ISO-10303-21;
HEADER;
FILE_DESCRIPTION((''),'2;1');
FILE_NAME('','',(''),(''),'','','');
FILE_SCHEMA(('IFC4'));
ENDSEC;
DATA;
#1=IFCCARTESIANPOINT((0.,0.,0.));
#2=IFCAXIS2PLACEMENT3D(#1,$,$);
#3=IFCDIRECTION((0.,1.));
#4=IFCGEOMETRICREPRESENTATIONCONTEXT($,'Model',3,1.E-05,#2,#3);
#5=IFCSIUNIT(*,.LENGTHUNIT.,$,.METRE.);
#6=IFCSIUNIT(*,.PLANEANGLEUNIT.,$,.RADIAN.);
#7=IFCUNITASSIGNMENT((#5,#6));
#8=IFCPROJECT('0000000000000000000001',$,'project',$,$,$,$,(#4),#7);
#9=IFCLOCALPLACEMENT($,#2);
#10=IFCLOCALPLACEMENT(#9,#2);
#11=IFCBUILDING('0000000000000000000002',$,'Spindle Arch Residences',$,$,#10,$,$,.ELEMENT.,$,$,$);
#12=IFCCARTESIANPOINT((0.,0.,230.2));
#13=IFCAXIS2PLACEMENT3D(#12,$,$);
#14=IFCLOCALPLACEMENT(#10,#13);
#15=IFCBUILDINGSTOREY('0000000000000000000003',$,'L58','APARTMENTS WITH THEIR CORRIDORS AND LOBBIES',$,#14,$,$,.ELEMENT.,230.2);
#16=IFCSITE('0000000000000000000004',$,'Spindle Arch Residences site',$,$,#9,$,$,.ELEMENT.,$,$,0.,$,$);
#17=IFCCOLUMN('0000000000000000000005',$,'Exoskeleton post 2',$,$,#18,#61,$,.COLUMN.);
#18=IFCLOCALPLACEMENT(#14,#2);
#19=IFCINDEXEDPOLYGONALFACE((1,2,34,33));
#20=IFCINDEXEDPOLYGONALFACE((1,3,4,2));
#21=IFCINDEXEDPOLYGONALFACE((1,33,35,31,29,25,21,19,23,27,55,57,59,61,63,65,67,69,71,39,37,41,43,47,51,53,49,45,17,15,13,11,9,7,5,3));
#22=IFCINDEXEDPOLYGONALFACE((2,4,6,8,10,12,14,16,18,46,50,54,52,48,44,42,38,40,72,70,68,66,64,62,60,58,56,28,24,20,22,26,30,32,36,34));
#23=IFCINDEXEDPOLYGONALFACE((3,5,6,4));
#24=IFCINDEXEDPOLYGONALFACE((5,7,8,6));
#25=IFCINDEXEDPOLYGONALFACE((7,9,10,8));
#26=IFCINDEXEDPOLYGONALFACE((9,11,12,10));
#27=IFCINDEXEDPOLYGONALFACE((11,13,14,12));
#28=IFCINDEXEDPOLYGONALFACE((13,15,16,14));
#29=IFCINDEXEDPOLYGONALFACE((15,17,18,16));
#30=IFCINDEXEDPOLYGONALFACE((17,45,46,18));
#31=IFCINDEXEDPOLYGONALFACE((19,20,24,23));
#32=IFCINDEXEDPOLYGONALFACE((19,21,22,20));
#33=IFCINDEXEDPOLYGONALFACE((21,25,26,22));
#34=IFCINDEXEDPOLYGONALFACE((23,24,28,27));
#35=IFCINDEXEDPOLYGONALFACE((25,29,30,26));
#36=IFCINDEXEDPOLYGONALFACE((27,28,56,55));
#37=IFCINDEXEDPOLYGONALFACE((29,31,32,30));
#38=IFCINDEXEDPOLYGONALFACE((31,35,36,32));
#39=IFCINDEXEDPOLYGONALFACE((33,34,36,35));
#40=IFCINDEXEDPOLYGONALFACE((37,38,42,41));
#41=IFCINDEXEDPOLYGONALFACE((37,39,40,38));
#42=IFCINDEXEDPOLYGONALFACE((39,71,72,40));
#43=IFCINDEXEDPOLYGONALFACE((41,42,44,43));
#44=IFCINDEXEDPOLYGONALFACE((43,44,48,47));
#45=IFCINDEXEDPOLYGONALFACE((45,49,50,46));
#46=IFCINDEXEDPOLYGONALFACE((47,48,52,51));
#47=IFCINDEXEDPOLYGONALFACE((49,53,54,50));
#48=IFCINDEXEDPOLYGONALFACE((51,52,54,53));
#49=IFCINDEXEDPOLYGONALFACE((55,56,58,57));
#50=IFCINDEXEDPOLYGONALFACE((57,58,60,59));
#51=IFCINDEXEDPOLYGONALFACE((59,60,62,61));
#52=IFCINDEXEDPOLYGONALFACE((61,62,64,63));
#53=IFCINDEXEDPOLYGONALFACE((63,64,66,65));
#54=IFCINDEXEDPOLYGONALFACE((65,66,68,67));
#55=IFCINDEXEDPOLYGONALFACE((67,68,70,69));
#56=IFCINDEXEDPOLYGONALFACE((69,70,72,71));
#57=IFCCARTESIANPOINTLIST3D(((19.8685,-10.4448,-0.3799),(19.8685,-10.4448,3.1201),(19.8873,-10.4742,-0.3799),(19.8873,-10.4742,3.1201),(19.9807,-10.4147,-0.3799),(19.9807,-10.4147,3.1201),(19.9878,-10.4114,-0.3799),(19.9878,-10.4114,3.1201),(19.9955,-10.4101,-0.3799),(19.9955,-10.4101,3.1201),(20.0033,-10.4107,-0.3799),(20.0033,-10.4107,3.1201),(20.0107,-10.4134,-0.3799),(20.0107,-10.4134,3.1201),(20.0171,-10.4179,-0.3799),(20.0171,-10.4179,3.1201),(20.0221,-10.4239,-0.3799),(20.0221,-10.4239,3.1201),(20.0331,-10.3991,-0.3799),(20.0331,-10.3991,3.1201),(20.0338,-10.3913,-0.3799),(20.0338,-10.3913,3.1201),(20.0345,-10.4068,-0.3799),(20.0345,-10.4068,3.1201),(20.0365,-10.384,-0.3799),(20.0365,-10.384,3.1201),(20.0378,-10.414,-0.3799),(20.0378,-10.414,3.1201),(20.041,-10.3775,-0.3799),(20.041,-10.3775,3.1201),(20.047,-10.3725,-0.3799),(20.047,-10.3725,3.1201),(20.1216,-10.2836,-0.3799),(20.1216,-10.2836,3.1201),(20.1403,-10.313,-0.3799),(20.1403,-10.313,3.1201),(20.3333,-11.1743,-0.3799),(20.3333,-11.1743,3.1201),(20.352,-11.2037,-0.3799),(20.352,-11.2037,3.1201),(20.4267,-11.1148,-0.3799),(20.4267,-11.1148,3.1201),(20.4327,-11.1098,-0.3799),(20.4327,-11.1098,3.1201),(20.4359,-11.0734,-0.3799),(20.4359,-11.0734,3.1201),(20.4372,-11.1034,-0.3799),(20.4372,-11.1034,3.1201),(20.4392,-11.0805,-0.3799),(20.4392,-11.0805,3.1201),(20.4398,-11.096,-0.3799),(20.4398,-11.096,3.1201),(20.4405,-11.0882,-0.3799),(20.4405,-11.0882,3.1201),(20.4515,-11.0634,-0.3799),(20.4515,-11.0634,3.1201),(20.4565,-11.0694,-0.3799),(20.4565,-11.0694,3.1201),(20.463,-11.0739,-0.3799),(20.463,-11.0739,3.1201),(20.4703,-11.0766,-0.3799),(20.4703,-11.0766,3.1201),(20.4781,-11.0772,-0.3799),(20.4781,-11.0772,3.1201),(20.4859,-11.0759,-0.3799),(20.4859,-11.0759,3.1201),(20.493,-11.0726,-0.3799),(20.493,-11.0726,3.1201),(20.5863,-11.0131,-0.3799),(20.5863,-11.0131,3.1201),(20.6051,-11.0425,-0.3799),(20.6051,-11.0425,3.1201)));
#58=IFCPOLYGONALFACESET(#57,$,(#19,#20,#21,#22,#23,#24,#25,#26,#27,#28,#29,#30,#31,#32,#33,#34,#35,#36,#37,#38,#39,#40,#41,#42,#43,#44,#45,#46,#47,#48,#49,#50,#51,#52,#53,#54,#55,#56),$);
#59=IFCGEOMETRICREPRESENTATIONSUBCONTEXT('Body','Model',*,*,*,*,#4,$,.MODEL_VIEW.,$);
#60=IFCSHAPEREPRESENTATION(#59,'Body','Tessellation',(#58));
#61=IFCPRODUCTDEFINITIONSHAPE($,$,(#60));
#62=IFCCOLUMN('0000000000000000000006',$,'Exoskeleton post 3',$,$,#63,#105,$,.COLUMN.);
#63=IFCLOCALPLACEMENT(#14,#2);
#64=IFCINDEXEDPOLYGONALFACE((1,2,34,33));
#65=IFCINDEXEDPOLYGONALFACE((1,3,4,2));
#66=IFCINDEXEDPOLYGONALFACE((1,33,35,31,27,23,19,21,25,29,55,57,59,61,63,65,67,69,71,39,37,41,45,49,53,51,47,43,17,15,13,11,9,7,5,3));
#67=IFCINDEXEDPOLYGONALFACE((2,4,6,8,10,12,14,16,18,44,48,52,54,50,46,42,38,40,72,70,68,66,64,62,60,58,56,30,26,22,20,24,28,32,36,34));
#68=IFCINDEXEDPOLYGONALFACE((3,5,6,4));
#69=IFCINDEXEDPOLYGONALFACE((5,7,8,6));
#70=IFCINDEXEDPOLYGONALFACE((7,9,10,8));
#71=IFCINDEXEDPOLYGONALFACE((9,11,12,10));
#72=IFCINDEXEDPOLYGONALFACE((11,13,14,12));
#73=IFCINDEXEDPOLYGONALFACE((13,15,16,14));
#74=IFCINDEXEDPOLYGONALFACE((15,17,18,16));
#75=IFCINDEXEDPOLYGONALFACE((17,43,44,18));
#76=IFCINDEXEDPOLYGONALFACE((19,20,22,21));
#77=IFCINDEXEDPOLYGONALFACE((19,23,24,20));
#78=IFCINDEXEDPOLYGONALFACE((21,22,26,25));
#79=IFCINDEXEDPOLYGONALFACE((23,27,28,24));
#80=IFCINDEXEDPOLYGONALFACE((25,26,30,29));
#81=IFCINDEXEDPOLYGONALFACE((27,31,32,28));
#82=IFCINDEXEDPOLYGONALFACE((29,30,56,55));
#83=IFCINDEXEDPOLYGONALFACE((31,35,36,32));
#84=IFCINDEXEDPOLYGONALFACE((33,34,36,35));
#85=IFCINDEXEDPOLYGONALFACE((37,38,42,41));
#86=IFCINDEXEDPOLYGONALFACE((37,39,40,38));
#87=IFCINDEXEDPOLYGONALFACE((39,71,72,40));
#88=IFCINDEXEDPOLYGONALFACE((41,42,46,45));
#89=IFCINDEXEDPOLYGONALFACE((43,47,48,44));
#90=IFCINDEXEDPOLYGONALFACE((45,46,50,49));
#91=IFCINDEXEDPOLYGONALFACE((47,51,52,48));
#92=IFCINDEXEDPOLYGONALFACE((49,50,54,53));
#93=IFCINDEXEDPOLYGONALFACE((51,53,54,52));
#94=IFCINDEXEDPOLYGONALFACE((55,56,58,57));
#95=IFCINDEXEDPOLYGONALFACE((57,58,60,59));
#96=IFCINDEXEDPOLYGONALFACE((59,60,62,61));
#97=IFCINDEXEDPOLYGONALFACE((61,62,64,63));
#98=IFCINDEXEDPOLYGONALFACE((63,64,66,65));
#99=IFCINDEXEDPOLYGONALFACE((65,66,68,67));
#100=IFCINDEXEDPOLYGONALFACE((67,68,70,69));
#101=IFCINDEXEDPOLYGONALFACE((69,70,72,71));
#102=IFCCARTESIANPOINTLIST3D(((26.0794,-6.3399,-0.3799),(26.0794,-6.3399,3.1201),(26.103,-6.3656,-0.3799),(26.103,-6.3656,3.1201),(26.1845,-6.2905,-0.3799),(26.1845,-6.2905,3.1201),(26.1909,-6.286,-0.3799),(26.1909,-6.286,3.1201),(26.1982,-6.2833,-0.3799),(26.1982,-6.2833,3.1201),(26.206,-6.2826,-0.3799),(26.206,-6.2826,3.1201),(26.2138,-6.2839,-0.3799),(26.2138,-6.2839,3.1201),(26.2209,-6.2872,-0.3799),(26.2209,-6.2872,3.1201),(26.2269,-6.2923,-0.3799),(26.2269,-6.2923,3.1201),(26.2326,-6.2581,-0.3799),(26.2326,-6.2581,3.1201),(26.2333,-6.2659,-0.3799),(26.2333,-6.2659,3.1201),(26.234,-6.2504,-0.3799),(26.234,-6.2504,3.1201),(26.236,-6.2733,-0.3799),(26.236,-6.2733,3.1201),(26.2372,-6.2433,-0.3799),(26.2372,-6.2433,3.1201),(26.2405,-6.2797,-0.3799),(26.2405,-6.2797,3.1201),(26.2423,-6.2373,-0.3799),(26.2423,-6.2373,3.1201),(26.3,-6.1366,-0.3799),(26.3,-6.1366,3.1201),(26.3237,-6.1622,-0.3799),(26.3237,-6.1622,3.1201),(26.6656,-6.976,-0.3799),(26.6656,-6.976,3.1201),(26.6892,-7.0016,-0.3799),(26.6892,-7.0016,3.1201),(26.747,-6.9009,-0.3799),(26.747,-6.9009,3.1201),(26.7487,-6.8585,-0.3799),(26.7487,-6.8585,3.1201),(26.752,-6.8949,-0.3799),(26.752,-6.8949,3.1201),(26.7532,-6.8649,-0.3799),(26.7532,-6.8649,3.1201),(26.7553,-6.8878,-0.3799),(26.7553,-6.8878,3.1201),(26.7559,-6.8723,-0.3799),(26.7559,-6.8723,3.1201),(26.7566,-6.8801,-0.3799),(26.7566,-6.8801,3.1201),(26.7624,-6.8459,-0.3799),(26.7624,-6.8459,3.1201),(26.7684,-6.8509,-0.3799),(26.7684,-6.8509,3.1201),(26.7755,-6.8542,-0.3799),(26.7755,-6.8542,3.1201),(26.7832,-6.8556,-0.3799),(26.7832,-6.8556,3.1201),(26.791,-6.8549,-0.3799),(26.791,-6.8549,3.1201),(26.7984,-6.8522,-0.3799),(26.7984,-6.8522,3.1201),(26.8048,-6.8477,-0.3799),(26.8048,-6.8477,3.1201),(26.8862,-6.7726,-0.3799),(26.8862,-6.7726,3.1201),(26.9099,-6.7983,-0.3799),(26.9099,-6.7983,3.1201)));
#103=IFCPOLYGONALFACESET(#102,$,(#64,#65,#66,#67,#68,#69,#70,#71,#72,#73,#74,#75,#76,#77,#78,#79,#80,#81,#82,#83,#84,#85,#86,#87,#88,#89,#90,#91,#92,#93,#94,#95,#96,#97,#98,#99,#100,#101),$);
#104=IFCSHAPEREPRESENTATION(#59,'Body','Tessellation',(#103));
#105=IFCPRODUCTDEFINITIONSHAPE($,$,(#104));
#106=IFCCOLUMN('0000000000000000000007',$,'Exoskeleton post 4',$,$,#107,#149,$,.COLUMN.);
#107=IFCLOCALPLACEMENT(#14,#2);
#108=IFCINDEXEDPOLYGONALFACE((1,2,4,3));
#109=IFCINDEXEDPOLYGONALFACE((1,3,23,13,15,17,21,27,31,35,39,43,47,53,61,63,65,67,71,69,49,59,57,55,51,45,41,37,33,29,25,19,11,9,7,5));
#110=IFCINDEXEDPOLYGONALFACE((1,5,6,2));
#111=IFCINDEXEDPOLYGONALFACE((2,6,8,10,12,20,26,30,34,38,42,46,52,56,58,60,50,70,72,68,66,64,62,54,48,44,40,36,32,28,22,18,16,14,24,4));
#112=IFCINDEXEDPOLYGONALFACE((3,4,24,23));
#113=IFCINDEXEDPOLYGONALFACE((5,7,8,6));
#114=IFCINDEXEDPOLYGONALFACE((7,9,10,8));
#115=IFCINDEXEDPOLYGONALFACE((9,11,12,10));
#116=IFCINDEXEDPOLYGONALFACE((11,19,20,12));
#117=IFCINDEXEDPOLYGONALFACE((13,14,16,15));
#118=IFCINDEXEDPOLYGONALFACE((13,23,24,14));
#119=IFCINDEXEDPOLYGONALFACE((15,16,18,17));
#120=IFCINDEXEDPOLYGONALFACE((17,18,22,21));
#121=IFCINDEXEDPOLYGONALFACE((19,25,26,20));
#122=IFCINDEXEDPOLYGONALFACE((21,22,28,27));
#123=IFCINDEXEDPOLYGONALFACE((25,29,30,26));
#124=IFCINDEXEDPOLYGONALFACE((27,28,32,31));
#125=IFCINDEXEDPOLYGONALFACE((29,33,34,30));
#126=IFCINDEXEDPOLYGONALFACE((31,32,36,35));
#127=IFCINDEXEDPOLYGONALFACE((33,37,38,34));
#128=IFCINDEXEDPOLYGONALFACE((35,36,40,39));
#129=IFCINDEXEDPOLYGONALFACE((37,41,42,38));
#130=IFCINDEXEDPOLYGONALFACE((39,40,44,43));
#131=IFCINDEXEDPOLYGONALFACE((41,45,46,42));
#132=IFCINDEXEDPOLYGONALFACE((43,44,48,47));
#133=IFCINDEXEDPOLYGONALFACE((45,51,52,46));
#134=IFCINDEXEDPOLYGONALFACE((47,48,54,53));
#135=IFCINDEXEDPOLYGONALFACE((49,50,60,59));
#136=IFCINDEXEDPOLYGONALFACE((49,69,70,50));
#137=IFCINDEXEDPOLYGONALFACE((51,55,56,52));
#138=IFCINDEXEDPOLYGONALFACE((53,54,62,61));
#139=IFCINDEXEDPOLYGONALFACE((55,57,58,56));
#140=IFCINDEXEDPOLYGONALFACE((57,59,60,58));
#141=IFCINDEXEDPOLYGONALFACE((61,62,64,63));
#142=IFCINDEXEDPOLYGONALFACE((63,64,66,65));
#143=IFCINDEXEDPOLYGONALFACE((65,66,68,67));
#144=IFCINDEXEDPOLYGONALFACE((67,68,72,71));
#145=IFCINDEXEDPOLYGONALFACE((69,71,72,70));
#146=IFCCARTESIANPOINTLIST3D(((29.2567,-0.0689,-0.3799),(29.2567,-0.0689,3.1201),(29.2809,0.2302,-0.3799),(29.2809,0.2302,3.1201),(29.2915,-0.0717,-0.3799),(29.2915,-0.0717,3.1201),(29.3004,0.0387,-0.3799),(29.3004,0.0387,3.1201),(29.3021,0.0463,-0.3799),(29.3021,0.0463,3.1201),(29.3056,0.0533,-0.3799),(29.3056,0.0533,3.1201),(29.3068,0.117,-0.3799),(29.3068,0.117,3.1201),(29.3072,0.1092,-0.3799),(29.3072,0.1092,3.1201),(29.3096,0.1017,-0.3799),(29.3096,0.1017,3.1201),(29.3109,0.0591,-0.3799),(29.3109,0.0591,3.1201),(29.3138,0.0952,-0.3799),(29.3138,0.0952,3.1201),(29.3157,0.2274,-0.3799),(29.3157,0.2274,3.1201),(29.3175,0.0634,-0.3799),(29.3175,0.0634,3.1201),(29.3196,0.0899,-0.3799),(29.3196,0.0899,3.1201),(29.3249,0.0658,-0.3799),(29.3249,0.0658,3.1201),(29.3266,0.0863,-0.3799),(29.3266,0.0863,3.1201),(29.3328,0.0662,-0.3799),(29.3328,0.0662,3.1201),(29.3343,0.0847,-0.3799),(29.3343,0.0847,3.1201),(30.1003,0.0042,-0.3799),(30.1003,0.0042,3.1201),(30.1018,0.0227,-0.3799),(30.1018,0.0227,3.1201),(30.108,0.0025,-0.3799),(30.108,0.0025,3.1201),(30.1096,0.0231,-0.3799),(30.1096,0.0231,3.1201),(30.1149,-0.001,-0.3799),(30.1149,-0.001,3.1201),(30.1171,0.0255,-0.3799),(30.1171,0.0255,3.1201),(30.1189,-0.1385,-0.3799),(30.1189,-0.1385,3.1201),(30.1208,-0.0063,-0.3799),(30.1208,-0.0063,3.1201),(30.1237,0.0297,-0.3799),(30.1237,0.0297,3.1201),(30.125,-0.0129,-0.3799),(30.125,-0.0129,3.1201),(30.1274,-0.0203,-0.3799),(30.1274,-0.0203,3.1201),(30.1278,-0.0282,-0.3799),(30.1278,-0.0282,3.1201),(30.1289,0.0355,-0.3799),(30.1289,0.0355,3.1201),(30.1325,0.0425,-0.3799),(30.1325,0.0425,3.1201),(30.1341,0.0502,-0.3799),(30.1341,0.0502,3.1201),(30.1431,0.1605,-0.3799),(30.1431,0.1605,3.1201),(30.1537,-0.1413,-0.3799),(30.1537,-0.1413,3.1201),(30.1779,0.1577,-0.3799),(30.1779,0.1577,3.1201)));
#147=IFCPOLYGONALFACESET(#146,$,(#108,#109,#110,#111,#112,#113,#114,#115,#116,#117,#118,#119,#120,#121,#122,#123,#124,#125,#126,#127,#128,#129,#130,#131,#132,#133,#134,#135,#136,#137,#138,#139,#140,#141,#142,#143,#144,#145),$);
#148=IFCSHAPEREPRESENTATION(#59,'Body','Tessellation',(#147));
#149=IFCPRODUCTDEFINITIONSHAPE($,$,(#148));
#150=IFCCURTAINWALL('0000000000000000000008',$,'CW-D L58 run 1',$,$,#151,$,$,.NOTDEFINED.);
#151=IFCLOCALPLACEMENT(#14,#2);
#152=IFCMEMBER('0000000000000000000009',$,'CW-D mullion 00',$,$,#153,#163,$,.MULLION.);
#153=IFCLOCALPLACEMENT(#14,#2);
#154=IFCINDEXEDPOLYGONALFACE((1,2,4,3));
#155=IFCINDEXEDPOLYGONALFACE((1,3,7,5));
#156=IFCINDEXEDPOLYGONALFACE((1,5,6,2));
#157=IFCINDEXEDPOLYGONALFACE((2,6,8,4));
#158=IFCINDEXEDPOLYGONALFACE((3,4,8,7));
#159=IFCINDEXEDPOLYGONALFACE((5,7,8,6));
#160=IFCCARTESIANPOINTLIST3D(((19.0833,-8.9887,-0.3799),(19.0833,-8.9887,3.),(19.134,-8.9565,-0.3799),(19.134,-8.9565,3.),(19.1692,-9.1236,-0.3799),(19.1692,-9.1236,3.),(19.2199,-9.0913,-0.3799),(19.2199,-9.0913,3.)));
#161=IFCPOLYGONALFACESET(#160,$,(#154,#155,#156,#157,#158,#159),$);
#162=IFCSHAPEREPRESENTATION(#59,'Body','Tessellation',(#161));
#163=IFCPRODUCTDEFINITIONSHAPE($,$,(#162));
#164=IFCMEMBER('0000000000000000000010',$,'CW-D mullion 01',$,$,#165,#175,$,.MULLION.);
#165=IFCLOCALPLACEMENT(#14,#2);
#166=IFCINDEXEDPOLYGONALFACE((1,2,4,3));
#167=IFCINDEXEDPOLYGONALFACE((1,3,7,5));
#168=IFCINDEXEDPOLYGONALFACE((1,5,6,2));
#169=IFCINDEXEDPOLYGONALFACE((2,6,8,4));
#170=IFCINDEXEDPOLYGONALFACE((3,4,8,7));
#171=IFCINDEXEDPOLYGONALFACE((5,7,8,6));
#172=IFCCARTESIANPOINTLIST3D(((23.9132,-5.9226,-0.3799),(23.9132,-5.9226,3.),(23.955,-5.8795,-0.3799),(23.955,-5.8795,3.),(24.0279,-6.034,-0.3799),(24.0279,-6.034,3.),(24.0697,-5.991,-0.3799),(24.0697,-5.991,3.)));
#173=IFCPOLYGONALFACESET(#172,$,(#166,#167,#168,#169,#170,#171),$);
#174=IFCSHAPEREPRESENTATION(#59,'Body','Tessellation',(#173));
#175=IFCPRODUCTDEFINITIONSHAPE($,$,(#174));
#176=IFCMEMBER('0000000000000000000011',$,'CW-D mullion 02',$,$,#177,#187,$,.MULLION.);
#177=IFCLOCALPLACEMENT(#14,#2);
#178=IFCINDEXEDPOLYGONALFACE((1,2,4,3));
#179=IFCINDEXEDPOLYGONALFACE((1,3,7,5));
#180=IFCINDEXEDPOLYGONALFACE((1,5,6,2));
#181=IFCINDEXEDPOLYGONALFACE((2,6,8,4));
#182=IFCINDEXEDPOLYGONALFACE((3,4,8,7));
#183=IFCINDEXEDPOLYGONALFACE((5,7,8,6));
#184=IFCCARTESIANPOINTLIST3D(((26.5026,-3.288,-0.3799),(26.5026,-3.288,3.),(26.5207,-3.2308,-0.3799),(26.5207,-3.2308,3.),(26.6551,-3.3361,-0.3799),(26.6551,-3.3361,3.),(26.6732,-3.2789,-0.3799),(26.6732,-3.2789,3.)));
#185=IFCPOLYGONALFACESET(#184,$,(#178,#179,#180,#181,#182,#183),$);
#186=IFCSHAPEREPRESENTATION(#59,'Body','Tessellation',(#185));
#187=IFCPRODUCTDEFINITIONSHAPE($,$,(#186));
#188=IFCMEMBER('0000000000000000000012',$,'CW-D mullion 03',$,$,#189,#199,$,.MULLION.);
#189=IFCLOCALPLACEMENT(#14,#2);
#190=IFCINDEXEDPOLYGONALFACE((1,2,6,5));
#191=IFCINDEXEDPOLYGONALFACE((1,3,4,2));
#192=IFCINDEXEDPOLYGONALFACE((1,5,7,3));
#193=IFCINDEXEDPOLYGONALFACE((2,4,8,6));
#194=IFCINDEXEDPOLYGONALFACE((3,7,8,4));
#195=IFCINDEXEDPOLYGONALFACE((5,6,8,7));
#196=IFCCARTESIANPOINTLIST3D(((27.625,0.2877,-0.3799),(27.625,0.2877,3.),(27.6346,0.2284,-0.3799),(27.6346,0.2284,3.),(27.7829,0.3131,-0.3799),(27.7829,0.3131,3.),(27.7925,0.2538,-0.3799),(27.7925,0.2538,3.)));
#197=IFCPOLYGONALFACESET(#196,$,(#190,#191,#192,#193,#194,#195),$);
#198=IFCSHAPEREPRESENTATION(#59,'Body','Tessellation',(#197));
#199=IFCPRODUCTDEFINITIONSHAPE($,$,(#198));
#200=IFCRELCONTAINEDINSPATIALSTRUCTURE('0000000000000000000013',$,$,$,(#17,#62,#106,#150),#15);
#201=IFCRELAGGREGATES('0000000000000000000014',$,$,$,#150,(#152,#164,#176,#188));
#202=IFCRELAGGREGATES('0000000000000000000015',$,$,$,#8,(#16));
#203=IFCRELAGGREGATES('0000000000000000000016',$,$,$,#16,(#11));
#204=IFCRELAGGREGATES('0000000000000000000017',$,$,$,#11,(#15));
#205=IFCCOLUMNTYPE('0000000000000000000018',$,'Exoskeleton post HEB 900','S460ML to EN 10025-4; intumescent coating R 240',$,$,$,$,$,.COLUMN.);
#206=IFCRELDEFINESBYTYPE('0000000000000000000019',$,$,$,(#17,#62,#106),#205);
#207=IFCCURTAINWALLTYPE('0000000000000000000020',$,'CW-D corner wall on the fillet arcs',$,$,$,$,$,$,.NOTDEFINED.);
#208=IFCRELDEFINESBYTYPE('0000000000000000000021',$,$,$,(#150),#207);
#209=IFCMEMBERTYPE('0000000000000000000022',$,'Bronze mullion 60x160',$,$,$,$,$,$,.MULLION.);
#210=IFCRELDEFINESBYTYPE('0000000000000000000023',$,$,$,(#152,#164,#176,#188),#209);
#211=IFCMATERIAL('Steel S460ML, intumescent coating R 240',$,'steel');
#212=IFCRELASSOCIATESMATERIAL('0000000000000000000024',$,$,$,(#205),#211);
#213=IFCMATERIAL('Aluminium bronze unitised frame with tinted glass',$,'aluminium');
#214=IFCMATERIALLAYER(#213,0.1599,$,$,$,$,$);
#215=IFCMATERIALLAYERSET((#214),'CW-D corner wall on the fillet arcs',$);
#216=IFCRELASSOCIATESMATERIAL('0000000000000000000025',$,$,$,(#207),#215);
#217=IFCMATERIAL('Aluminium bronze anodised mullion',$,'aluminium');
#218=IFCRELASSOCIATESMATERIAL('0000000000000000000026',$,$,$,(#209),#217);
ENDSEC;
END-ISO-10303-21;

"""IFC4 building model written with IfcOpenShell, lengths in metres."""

from ifc_helpers import new_model, si_unit, direction, frame, origin, origin_2d, place, context, subcontext, project, spatial, rectangle, i_section, extrude, material, layer, layer_set, material_profile, profile_set, type_object, element, aggregate, save


model = new_model("IFC4")

# Units and contexts
model_context = context("Model", 3, precision=1e-05, world=origin(), true_north=direction((0.0, 1.0)))
body_context = subcontext(model_context, "Body", "Model", "MODEL_VIEW")
ifc_project = project(units=[si_unit("LENGTHUNIT", "METRE"), si_unit("PLANEANGLEUNIT", "RADIAN")], contexts=[model_context])

# Site, building, storey
site_placement = place(None, origin())
site = spatial("IfcSite", under=ifc_project, at=site_placement, Name="Spindle Arch Residences site", CompositionType="ELEMENT", RefElevation=0.0)
building_placement = place(site_placement, origin())
building = spatial("IfcBuilding", under=site, at=building_placement, Name="Spindle Arch Residences", CompositionType="ELEMENT")
storey_placement = place(building_placement, frame((0.0, 0.0, 230.2)))
storey = spatial("IfcBuildingStorey", under=building, at=storey_placement, Name="L58", Description="APARTMENTS WITH THEIR CORRIDORS AND LOBBIES", CompositionType="ELEMENT", Elevation=230.2)

# Columns
ifc_material_1 = material(Name="Steel S460ML, intumescent coating R 240", Category="steel")
ifc_material_profile_1 = material_profile(ifc_material_1, i_section(OverallWidth=0.3, OverallDepth=0.8999, WebThickness=0.0186, FlangeThickness=0.0349, FilletRadius=0.03, at=origin_2d()), Name="HEB 900")
ifc_profile_set_1 = profile_set([ifc_material_profile_1], Name="Steel S460ML, intumescent coating R 240")
column_type = type_object("IfcColumnType", Name="Exoskeleton post HEB 900", Description="S460ML to EN 10025-4; intumescent coating R 240", PredefinedType="COLUMN", material=ifc_profile_set_1)
for number, where, z_axis, x_axis, name in (
    (1, (20.2368, -10.7437, -0.3799), (0.0, 0.0, 1.0), (-0.843391, -0.5373, 0.0), "Exoskeleton post 2"),
    (2, (26.4946, -6.5691, -0.3799), (0.0, 0.0, 1.0), (-0.735347, -0.677691, 0.0), "Exoskeleton post 3"),
    (3, (29.7173, 0.0444, -0.3799), (0.0, 0.0, 1.0), (-0.080538, -0.996752, 0.0), "Exoskeleton post 4"),
):
    element("IfcColumn", number, at=place(storey_placement, frame(where, z_axis=z_axis, x_axis=x_axis)), inside=storey, type_object=column_type, Name=name, PredefinedType="COLUMN", context=body_context, shape_type="SweptSolid", body=[
        extrude(i_section(OverallWidth=0.3, OverallDepth=0.8999, WebThickness=0.0186, FlangeThickness=0.0349, FilletRadius=0.03, at=origin_2d()), origin(), (0.0, 0.0, 1.0), 3.5),
    ])

# Curtain wall, members
ifc_material_2 = material(Name="Aluminium bronze unitised frame with tinted glass", Category="aluminium")
ifc_layer_1 = layer(ifc_material_2, 0.1599)
ifc_layer_set_1 = layer_set([ifc_layer_1], Name="CW-D corner wall on the fillet arcs")
curtain_wall_type = type_object("IfcCurtainWallType", Name="CW-D corner wall on the fillet arcs", PredefinedType="NOTDEFINED", material=ifc_layer_set_1)
curtain_wall_placement = place(storey_placement, origin())
curtain_wall = element("IfcCurtainWall", 4, at=curtain_wall_placement, inside=storey, type_object=curtain_wall_type, Name="CW-D L58 run 1", PredefinedType="NOTDEFINED")
ifc_material_3 = material(Name="Aluminium bronze anodised mullion", Category="aluminium")
ifc_material_profile_2 = material_profile(ifc_material_3, rectangle(XDim=0.1599, YDim=0.0601, at=origin_2d()), Name="MU 60x160")
ifc_profile_set_2 = profile_set([ifc_material_profile_2], Name="Aluminium bronze anodised mullion")
member_type_1 = type_object("IfcMemberType", Name="Bronze mullion 60x160", PredefinedType="MULLION", material=ifc_profile_set_2)
member_1_placement = place(storey_placement, frame((19.1516, -9.04, -0.3799), z_axis=(0.0, 0.0, 1.0), x_axis=(-0.5373, 0.843391, 0.0)))
member_1 = element("IfcMember", 5, at=member_1_placement, type_object=member_type_1, Name="CW-D mullion 00", PredefinedType="MULLION", context=body_context, shape_type="SweptSolid", body=[
    extrude(rectangle(XDim=0.1599, YDim=0.0601, at=origin_2d()), origin(), (0.0, 0.0, 1.0), 3.3799),
])
member_2_placement = place(storey_placement, frame((23.9915, -5.9568, -0.3799), z_axis=(0.0, 0.0, 1.0), x_axis=(-0.717316, 0.696748, 0.0)))
member_2 = element("IfcMember", 6, at=member_2_placement, type_object=member_type_1, Name="CW-D mullion 01", PredefinedType="MULLION", context=body_context, shape_type="SweptSolid", body=[
    extrude(rectangle(XDim=0.1599, YDim=0.0601, at=origin_2d()), origin(), (0.0, 0.0, 1.0), 3.3799),
])
member_3_placement = place(storey_placement, frame((26.5879, -3.2834, -0.3799), z_axis=(0.0, 0.0, 1.0), x_axis=(-0.953717, 0.300706, 0.0)))
member_3 = element("IfcMember", 7, at=member_3_placement, type_object=member_type_1, Name="CW-D mullion 02", PredefinedType="MULLION", context=body_context, shape_type="SweptSolid", body=[
    extrude(rectangle(XDim=0.1599, YDim=0.0601, at=origin_2d()), origin(), (0.0, 0.0, 1.0), 3.3799),
])
member_4_placement = place(storey_placement, frame((27.7087, 0.2708, -0.3799), z_axis=(0.0, 0.0, 1.0), x_axis=(-0.987229, -0.159307, 0.0)))
member_4 = element("IfcMember", 8, at=member_4_placement, type_object=member_type_1, Name="CW-D mullion 03", PredefinedType="MULLION", context=body_context, shape_type="SweptSolid", body=[
    extrude(rectangle(XDim=0.1599, YDim=0.0601, at=origin_2d()), origin(), (0.0, 0.0, 1.0), 3.3799),
])

aggregate(curtain_wall, [member_1, member_2, member_3, member_4])

save(model, "model.ifc")
